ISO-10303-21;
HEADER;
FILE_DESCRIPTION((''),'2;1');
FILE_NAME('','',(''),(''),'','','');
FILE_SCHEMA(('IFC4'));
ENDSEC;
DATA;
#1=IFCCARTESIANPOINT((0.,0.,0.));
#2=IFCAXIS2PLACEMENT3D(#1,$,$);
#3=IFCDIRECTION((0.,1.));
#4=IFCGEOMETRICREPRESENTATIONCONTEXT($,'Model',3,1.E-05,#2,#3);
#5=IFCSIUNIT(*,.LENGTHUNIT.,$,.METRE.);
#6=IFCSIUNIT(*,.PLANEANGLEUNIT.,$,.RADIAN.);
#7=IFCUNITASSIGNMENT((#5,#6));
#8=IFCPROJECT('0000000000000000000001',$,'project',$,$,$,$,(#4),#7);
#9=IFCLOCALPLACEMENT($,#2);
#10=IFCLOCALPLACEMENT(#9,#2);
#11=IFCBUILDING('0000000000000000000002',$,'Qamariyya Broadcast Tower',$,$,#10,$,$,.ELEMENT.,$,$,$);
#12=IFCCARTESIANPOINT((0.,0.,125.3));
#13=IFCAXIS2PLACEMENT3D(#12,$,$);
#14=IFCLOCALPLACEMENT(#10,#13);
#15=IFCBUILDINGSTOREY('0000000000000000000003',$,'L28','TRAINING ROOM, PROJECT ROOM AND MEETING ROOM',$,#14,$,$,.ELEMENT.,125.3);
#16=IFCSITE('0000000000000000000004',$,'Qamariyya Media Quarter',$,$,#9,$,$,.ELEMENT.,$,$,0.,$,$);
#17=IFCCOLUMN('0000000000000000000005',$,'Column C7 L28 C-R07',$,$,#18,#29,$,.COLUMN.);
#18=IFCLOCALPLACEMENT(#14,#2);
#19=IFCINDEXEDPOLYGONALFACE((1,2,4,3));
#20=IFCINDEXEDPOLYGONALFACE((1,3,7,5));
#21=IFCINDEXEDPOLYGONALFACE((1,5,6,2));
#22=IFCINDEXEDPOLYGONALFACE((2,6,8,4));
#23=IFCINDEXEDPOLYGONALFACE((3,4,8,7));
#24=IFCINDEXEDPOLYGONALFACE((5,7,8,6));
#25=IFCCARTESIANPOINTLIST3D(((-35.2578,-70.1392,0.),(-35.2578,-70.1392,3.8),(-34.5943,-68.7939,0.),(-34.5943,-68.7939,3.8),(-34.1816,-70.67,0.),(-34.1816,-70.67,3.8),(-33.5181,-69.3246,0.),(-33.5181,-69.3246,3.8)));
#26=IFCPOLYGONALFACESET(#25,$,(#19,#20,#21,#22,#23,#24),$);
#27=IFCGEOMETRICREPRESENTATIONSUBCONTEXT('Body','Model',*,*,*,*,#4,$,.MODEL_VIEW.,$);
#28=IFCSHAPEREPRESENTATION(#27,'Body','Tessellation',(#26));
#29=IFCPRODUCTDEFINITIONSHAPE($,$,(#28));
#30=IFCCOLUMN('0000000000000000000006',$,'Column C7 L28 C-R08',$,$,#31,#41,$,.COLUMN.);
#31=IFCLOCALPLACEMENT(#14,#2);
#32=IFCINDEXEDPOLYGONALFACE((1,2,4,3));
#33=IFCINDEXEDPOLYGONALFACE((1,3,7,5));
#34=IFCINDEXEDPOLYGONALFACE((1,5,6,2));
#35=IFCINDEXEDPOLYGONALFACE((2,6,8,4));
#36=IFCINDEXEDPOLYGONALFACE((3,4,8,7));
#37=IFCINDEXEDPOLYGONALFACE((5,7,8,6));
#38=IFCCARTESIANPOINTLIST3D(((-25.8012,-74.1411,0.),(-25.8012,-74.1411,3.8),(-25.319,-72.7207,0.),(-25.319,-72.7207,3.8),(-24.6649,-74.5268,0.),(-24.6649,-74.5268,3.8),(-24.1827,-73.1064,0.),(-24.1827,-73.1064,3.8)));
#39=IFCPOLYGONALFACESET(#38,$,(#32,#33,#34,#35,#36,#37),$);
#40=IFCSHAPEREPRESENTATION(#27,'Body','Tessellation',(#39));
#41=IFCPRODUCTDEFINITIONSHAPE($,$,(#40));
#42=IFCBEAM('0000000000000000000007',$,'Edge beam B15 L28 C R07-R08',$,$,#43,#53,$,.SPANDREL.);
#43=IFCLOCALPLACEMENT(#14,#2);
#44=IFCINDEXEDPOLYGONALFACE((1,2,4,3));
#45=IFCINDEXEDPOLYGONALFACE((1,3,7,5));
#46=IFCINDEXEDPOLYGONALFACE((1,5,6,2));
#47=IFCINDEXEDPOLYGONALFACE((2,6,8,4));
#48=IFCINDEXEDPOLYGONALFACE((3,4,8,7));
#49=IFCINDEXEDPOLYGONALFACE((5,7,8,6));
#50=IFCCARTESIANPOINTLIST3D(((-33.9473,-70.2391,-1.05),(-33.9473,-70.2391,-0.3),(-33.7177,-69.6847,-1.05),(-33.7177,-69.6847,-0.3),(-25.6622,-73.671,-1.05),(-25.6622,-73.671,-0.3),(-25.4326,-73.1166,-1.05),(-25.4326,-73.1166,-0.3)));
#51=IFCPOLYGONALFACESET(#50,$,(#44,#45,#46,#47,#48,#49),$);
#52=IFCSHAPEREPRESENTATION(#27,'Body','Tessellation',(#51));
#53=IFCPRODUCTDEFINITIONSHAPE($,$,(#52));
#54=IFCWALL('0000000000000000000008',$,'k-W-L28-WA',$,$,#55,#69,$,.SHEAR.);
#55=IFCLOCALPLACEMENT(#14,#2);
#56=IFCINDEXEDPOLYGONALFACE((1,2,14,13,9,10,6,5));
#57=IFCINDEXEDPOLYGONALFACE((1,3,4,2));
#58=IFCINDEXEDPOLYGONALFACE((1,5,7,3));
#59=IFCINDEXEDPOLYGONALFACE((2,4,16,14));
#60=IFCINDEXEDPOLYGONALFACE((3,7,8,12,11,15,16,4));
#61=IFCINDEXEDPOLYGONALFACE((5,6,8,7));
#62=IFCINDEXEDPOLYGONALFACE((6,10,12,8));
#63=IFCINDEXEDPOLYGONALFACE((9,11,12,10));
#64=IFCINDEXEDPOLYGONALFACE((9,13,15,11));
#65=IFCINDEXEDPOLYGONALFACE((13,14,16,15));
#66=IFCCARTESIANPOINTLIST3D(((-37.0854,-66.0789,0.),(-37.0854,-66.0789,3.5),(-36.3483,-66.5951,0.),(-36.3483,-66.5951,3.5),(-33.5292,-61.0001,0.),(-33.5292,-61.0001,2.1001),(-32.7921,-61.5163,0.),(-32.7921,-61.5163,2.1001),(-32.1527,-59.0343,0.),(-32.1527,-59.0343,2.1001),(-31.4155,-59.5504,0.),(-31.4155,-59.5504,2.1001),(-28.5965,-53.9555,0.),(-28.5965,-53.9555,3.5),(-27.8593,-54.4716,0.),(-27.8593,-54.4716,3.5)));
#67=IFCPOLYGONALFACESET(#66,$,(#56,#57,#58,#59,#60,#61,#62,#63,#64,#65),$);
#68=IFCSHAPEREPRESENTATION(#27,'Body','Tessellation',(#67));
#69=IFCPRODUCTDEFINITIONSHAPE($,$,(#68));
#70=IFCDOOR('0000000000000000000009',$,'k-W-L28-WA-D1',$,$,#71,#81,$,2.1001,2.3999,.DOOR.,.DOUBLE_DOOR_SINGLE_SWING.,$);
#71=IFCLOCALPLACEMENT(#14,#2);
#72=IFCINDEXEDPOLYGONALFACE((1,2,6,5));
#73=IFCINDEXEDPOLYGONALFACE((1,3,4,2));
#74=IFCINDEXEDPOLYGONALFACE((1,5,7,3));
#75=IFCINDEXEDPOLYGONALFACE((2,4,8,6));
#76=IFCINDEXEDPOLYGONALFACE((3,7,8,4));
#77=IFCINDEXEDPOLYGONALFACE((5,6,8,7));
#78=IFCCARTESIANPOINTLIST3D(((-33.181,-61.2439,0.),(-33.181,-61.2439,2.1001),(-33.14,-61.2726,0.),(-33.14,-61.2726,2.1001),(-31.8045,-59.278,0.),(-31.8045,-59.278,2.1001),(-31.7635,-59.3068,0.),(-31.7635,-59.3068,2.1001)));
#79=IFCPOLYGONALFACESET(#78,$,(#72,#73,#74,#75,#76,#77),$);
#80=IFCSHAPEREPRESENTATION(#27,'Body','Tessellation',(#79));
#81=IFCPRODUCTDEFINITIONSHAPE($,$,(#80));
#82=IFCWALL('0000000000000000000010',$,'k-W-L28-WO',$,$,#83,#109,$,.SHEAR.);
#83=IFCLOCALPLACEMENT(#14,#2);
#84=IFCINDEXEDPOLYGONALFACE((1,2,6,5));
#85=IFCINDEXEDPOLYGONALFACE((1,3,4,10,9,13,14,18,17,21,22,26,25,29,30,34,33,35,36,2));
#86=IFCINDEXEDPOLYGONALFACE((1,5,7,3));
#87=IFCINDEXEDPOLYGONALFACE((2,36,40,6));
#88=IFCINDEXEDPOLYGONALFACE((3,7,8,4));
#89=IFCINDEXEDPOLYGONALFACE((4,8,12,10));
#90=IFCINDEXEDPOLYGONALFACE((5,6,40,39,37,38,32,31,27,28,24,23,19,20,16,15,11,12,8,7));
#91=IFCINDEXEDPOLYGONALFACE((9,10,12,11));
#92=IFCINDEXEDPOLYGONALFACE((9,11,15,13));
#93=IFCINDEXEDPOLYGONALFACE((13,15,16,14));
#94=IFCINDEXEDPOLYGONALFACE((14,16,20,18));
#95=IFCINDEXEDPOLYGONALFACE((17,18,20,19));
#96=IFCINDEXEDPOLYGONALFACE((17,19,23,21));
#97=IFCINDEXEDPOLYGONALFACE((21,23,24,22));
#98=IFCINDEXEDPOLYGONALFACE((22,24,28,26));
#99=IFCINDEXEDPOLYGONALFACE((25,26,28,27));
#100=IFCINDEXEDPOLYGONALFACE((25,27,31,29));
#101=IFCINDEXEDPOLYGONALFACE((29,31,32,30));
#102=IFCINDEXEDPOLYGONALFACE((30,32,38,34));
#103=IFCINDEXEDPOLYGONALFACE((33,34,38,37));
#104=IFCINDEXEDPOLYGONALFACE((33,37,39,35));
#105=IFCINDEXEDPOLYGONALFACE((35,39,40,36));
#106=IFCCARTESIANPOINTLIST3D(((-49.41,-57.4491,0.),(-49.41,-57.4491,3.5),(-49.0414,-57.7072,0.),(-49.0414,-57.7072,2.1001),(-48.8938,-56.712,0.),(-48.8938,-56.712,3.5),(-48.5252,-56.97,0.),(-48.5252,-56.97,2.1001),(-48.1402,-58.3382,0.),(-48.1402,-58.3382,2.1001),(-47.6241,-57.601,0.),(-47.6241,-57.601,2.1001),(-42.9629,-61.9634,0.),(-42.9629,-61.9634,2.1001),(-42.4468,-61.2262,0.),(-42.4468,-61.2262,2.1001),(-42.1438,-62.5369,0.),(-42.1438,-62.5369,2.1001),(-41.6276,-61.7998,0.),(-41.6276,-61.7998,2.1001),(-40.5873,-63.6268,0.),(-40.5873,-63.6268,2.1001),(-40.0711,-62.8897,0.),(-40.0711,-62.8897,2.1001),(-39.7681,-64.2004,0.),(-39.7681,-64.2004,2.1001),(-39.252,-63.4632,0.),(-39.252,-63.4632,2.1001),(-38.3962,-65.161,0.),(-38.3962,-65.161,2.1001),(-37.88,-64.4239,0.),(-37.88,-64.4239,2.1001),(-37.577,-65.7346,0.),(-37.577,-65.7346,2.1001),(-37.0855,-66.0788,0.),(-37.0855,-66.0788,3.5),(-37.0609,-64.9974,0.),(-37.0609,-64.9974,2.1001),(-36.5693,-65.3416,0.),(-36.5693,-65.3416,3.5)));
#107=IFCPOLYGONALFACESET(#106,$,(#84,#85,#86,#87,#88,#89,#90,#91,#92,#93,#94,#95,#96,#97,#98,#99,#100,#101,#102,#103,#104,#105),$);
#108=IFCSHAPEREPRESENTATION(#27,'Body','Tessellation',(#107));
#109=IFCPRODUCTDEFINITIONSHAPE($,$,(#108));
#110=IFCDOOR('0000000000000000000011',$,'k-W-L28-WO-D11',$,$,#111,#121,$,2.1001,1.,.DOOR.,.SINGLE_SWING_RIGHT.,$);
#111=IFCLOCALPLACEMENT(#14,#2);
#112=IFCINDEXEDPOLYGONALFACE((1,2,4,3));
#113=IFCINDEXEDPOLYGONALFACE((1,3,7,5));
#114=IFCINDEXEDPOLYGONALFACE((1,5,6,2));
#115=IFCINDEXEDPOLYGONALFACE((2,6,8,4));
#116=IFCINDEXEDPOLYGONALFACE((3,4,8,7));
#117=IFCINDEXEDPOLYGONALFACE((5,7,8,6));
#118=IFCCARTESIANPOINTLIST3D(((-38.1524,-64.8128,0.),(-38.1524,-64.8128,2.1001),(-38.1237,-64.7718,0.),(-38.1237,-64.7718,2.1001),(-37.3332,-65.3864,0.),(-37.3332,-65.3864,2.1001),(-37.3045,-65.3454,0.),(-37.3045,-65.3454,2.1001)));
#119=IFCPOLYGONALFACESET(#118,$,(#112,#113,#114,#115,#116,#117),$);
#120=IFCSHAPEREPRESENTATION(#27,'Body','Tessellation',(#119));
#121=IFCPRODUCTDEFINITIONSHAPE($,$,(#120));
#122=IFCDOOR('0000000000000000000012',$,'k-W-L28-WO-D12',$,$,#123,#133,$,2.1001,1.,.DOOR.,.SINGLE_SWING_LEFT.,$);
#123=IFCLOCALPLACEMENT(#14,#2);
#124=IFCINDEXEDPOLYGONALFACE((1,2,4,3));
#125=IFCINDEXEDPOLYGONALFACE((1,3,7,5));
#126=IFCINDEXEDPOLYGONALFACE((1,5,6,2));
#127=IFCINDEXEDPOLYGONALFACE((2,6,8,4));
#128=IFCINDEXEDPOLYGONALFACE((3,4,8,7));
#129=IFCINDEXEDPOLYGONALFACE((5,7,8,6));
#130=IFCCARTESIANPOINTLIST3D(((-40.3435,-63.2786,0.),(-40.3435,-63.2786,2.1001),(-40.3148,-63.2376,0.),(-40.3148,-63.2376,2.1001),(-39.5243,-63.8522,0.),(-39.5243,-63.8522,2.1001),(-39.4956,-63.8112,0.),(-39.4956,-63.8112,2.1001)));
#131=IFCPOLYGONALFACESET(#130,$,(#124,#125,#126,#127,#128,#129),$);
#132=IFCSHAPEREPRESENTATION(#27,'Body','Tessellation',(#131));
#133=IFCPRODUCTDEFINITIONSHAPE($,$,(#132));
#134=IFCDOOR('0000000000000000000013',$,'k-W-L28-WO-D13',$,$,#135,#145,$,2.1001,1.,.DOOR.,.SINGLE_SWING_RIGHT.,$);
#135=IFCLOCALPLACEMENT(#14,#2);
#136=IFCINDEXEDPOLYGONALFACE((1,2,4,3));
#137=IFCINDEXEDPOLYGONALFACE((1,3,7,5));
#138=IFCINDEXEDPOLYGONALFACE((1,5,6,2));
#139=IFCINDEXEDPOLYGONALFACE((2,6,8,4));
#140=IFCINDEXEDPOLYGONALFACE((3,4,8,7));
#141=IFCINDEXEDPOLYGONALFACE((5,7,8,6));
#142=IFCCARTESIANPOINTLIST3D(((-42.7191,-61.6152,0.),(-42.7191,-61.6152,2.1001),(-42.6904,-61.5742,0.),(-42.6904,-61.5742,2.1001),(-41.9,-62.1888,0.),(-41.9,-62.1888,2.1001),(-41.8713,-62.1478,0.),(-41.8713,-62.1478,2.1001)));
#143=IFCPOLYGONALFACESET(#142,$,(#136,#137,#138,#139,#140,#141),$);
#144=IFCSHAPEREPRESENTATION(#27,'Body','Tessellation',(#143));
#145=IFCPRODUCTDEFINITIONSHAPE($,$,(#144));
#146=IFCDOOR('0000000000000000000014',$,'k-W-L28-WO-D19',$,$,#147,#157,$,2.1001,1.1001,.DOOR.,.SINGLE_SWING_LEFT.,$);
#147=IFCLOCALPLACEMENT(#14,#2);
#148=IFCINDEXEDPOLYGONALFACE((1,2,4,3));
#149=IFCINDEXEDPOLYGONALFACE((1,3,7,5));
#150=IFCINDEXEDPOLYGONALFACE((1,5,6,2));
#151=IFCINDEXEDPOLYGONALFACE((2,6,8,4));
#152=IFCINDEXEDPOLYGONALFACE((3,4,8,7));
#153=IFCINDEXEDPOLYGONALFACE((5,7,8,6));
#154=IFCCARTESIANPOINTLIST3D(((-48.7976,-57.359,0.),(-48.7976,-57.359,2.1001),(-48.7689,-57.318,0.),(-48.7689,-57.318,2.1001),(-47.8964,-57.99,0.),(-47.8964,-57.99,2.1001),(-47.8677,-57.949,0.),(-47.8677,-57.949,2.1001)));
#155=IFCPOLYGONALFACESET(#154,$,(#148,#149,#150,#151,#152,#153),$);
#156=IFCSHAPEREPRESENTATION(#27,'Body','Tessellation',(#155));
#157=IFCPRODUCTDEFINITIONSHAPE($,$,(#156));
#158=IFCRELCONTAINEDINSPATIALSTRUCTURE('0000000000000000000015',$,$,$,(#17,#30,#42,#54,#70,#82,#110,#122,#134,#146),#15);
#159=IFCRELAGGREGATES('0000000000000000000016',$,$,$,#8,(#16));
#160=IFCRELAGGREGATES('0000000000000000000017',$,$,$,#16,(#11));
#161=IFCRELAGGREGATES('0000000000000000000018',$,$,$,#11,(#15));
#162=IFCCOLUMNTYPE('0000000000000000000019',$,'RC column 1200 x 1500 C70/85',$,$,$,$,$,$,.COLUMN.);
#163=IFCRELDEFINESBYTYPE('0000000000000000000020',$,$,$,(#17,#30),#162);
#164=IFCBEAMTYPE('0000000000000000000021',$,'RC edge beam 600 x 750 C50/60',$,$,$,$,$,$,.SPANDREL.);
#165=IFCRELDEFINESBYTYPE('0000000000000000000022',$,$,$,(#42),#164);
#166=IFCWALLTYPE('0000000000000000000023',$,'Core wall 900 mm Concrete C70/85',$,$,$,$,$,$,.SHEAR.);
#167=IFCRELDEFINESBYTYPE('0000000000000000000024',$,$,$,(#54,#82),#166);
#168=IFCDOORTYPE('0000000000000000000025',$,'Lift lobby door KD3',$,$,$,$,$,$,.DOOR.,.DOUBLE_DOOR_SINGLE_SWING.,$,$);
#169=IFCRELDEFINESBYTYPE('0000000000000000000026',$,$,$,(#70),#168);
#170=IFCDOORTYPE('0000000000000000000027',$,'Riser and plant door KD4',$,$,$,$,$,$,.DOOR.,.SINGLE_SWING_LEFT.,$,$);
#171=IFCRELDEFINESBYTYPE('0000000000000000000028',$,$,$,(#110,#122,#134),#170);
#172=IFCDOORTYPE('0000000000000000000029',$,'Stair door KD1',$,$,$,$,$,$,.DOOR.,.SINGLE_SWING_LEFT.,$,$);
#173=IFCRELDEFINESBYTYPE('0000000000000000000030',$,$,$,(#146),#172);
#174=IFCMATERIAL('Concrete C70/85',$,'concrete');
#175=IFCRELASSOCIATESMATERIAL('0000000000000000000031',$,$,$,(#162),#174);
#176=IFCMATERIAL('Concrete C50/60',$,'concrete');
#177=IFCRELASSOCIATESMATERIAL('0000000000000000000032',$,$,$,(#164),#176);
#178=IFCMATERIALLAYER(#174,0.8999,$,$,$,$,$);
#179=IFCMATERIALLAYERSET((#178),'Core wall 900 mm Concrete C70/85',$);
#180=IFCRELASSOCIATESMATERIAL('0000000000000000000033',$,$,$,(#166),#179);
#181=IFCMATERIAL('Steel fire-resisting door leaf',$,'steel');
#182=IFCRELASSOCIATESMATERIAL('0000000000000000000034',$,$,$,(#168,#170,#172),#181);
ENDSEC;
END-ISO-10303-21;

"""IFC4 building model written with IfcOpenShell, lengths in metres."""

from ifc_helpers import new_model, si_unit, direction, frame, frame_2d, origin, origin_2d, place, context, subcontext, project, spatial, rectangle, extrude, material, layer, layer_set, material_profile, profile_set, type_object, element, fill, save


model = new_model("IFC4")

# Units and contexts
model_context = context("Model", 3, precision=1e-05, world=origin(), true_north=direction((0.0, 1.0)))
body_context = subcontext(model_context, "Body", "Model", "MODEL_VIEW")
ifc_project = project(units=[si_unit("LENGTHUNIT", "METRE"), si_unit("PLANEANGLEUNIT", "RADIAN")], contexts=[model_context])

# Site, building, storey
site_placement = place(None, origin())
site = spatial("IfcSite", under=ifc_project, at=site_placement, Name="Qamariyya Media Quarter", CompositionType="ELEMENT", RefElevation=0.0)
building_placement = place(site_placement, origin())
building = spatial("IfcBuilding", under=site, at=building_placement, Name="Qamariyya Broadcast Tower", CompositionType="ELEMENT")
storey_placement = place(building_placement, frame((0.0, 0.0, 125.3)))
storey = spatial("IfcBuildingStorey", under=building, at=storey_placement, Name="L28", Description="TRAINING ROOM, PROJECT ROOM AND MEETING ROOM", CompositionType="ELEMENT", Elevation=125.3)

# Columns
ifc_material_1 = material(Name="Concrete C70/85", Category="concrete")
ifc_material_profile_1 = material_profile(ifc_material_1, rectangle(XDim=1.2, YDim=1.5, at=origin_2d()))
ifc_profile_set_1 = profile_set([ifc_material_profile_1], Name="Concrete C70/85")
column_type = type_object("IfcColumnType", Name="RC column 1200 x 1500 C70/85", PredefinedType="COLUMN", material=ifc_profile_set_1)
for number, where, z_axis, x_axis, name in (
    (1, (-34.3879, -69.7319, 0.0), (0.0, 0.0, 1.0), (0.896873, -0.442289, 0.0), "Column C7 L28 C-R07"),
    (2, (-24.9919, -73.6238, 0.0), (0.0, 0.0, 1.0), (0.94693, -0.321439, 0.0), "Column C7 L28 C-R08"),
):
    element("IfcColumn", number, at=place(storey_placement, frame(where, z_axis=z_axis, x_axis=x_axis)), inside=storey, type_object=column_type, Name=name, PredefinedType="COLUMN", context=body_context, shape_type="SweptSolid", body=[
        extrude(rectangle(XDim=1.2, YDim=1.5, at=origin_2d()), origin(), (0.0, 0.0, 1.0), 3.8),
    ])

# Beam
ifc_material_2 = material(Name="Concrete C50/60", Category="concrete")
ifc_material_profile_2 = material_profile(ifc_material_2, rectangle(XDim=0.6001, YDim=0.75, at=origin_2d()))
ifc_profile_set_2 = profile_set([ifc_material_profile_2], Name="Concrete C50/60")
beam_type = type_object("IfcBeamType", Name="RC edge beam 600 x 750 C50/60", PredefinedType="SPANDREL", material=ifc_profile_set_2)
beam_placement = place(storey_placement, frame((-33.8325, -69.9619, -0.675), z_axis=(0.923877, -0.382689, 0.0), x_axis=(0.382689, 0.923877, 0.0)))
element("IfcBeam", 3, at=beam_placement, inside=storey, type_object=beam_type, Name="Edge beam B15 L28 C R07-R08", PredefinedType="SPANDREL", context=body_context, shape_type="SweptSolid", body=[
    extrude(rectangle(XDim=0.6001, YDim=0.75, at=origin_2d()), origin(), (0.0, 0.0, 1.0), 8.9678),
])

# Wall, opening, door
ifc_layer_1 = layer(ifc_material_1, 0.8999)
ifc_layer_set_1 = layer_set([ifc_layer_1], Name="Core wall 900 mm Concrete C70/85")
wall_type_1 = type_object("IfcWallType", Name="Core wall 900 mm Concrete C70/85", PredefinedType="SHEAR", material=ifc_layer_set_1)
wall_1_placement = place(storey_placement, frame((-36.7168, -66.3369, 0.0), z_axis=(0.0, 0.0, 1.0), x_axis=(0.573577, 0.819151, 0.0)))
wall_1 = element("IfcWall", 4, at=wall_1_placement, inside=storey, type_object=wall_type_1, Name="k-W-L28-WA", PredefinedType="SHEAR", context=body_context, shape_type="SweptSolid", body=[
    extrude(rectangle(XDim=14.8, YDim=0.8999, at=frame_2d((7.3999, 0.0))), origin(), (0.0, 0.0, 1.0), 3.5),
])
opening_1_placement = place(wall_1_placement, frame((6.2, 0.0, 0.0)))
opening_1 = element("IfcOpeningElement", 5, at=opening_1_placement, cuts=wall_1, PredefinedType="OPENING", context=body_context, shape_type="SweptSolid", body=[
    extrude(rectangle(XDim=2.3999, YDim=2.1001, at=frame_2d((1.2, 1.05))), frame((0.0, 0.46, 0.0), z_axis=(0.0, -1.0, 0.0), x_axis=(1.0, 0.0, 0.0)), (0.0, 0.0, 1.0), 0.9199),
])
ifc_material_3 = material(Name="Steel fire-resisting door leaf", Category="steel")
door_type_1 = type_object("IfcDoorType", Name="Lift lobby door KD3", OperationType="DOUBLE_DOOR_SINGLE_SWING", PredefinedType="DOOR", material=ifc_material_3)
door_1_placement = place(opening_1_placement, origin())
door_1 = element("IfcDoor", 6, at=door_1_placement, inside=storey, type_object=door_type_1, Name="k-W-L28-WA-D1", OperationType="DOUBLE_DOOR_SINGLE_SWING", OverallHeight=2.1001, OverallWidth=2.3999, PredefinedType="DOOR", context=body_context, shape_type="SweptSolid", body=[
    extrude(rectangle(XDim=2.3999, YDim=2.1001, at=frame_2d((1.2, 1.05))), frame((0.0, 0.0249, 0.0), z_axis=(0.0, -1.0, 0.0), x_axis=(1.0, 0.0, 0.0)), (0.0, 0.0, 1.0), 0.05),
])
fill(opening_1, door_1)

# Wall, openings, doors
wall_2_placement = place(storey_placement, frame((-36.8274, -65.7102, 0.0), z_axis=(0.0, 0.0, 1.0), x_axis=(-0.819153, 0.573575, 0.0)))
wall_2 = element("IfcWall", 7, at=wall_2_placement, inside=storey, type_object=wall_type_1, Name="k-W-L28-WO", PredefinedType="SHEAR", context=body_context, shape_type="SweptSolid", body=[
    extrude(rectangle(XDim=15.0454, YDim=0.8999, at=frame_2d((7.5227, 0.0))), origin(), (0.0, 0.0, 1.0), 3.5),
])
opening_2_placement = place(wall_2_placement, frame((0.6001, 0.0, 0.0)))
opening_2 = element("IfcOpeningElement", 8, at=opening_2_placement, cuts=wall_2, PredefinedType="OPENING", context=body_context, shape_type="SweptSolid", body=[
    extrude(rectangle(XDim=1.0, YDim=2.1001, at=frame_2d((0.5, 1.05))), frame((0.0, 0.46, 0.0), z_axis=(0.0, -1.0, 0.0), x_axis=(1.0, 0.0, 0.0)), (0.0, 0.0, 1.0), 0.9199),
])
opening_3_placement = place(wall_2_placement, frame((3.2749, 0.0, 0.0)))
opening_3 = element("IfcOpeningElement", 9, at=opening_3_placement, cuts=wall_2, PredefinedType="OPENING", context=body_context, shape_type="SweptSolid", body=[
    extrude(rectangle(XDim=1.0, YDim=2.1001, at=frame_2d((0.5, 1.05))), frame((0.0, 0.46, 0.0), z_axis=(0.0, -1.0, 0.0), x_axis=(1.0, 0.0, 0.0)), (0.0, 0.0, 1.0), 0.9199),
])
opening_4_placement = place(wall_2_placement, frame((6.175, 0.0, 0.0)))
opening_4 = element("IfcOpeningElement", 10, at=opening_4_placement, cuts=wall_2, PredefinedType="OPENING", context=body_context, shape_type="SweptSolid", body=[
    extrude(rectangle(XDim=1.0, YDim=2.1001, at=frame_2d((0.5, 1.05))), frame((0.0, 0.46, 0.0), z_axis=(0.0, -1.0, 0.0), x_axis=(1.0, 0.0, 0.0)), (0.0, 0.0, 1.0), 0.9199),
])
opening_5_placement = place(wall_2_placement, frame((13.4954, 0.0, 0.0)))
opening_5 = element("IfcOpeningElement", 11, at=opening_5_placement, cuts=wall_2, PredefinedType="OPENING", context=body_context, shape_type="SweptSolid", body=[
    extrude(rectangle(XDim=1.1001, YDim=2.1001, at=frame_2d((0.55, 1.05))), frame((0.0, 0.46, 0.0), z_axis=(0.0, -1.0, 0.0), x_axis=(1.0, 0.0, 0.0)), (0.0, 0.0, 1.0), 0.9199),
])
door_type_2 = type_object("IfcDoorType", Name="Riser and plant door KD4", OperationType="SINGLE_SWING_LEFT", PredefinedType="DOOR", material=ifc_material_3)
door_2_placement = place(opening_2_placement, origin())
door_2 = element("IfcDoor", 12, at=door_2_placement, inside=storey, type_object=door_type_2, Name="k-W-L28-WO-D11", OperationType="SINGLE_SWING_RIGHT", OverallHeight=2.1001, OverallWidth=1.0, PredefinedType="DOOR", context=body_context, shape_type="SweptSolid", body=[
    extrude(rectangle(XDim=1.0, YDim=2.1001, at=frame_2d((0.5, 1.05))), frame((0.0, 0.0249, 0.0), z_axis=(0.0, -1.0, 0.0), x_axis=(1.0, 0.0, 0.0)), (0.0, 0.0, 1.0), 0.05),
])
fill(opening_2, door_2)
door_3_placement = place(opening_3_placement, origin())
door_3 = element("IfcDoor", 13, at=door_3_placement, inside=storey, type_object=door_type_2, Name="k-W-L28-WO-D12", OperationType="SINGLE_SWING_LEFT", OverallHeight=2.1001, OverallWidth=1.0, PredefinedType="DOOR", context=body_context, shape_type="SweptSolid", body=[
    extrude(rectangle(XDim=1.0, YDim=2.1001, at=frame_2d((0.5, 1.05))), frame((0.0, 0.0249, 0.0), z_axis=(0.0, -1.0, 0.0), x_axis=(1.0, 0.0, 0.0)), (0.0, 0.0, 1.0), 0.05),
])
fill(opening_3, door_3)
door_4_placement = place(opening_4_placement, origin())
door_4 = element("IfcDoor", 14, at=door_4_placement, inside=storey, type_object=door_type_2, Name="k-W-L28-WO-D13", OperationType="SINGLE_SWING_RIGHT", OverallHeight=2.1001, OverallWidth=1.0, PredefinedType="DOOR", context=body_context, shape_type="SweptSolid", body=[
    extrude(rectangle(XDim=1.0, YDim=2.1001, at=frame_2d((0.5, 1.05))), frame((0.0, 0.0249, 0.0), z_axis=(0.0, -1.0, 0.0), x_axis=(1.0, 0.0, 0.0)), (0.0, 0.0, 1.0), 0.05),
])
fill(opening_4, door_4)
door_type_3 = type_object("IfcDoorType", Name="Stair door KD1", OperationType="SINGLE_SWING_LEFT", PredefinedType="DOOR", material=ifc_material_3)
door_5_placement = place(opening_5_placement, origin())
door_5 = element("IfcDoor", 15, at=door_5_placement, inside=storey, type_object=door_type_3, Name="k-W-L28-WO-D19", OperationType="SINGLE_SWING_LEFT", OverallHeight=2.1001, OverallWidth=1.1001, PredefinedType="DOOR", context=body_context, shape_type="SweptSolid", body=[
    extrude(rectangle(XDim=1.1001, YDim=2.1001, at=frame_2d((0.55, 1.05))), frame((0.0, 0.0249, 0.0), z_axis=(0.0, -1.0, 0.0), x_axis=(1.0, 0.0, 0.0)), (0.0, 0.0, 1.0), 0.05),
])
fill(opening_5, door_5)

save(model, "model.ifc")
